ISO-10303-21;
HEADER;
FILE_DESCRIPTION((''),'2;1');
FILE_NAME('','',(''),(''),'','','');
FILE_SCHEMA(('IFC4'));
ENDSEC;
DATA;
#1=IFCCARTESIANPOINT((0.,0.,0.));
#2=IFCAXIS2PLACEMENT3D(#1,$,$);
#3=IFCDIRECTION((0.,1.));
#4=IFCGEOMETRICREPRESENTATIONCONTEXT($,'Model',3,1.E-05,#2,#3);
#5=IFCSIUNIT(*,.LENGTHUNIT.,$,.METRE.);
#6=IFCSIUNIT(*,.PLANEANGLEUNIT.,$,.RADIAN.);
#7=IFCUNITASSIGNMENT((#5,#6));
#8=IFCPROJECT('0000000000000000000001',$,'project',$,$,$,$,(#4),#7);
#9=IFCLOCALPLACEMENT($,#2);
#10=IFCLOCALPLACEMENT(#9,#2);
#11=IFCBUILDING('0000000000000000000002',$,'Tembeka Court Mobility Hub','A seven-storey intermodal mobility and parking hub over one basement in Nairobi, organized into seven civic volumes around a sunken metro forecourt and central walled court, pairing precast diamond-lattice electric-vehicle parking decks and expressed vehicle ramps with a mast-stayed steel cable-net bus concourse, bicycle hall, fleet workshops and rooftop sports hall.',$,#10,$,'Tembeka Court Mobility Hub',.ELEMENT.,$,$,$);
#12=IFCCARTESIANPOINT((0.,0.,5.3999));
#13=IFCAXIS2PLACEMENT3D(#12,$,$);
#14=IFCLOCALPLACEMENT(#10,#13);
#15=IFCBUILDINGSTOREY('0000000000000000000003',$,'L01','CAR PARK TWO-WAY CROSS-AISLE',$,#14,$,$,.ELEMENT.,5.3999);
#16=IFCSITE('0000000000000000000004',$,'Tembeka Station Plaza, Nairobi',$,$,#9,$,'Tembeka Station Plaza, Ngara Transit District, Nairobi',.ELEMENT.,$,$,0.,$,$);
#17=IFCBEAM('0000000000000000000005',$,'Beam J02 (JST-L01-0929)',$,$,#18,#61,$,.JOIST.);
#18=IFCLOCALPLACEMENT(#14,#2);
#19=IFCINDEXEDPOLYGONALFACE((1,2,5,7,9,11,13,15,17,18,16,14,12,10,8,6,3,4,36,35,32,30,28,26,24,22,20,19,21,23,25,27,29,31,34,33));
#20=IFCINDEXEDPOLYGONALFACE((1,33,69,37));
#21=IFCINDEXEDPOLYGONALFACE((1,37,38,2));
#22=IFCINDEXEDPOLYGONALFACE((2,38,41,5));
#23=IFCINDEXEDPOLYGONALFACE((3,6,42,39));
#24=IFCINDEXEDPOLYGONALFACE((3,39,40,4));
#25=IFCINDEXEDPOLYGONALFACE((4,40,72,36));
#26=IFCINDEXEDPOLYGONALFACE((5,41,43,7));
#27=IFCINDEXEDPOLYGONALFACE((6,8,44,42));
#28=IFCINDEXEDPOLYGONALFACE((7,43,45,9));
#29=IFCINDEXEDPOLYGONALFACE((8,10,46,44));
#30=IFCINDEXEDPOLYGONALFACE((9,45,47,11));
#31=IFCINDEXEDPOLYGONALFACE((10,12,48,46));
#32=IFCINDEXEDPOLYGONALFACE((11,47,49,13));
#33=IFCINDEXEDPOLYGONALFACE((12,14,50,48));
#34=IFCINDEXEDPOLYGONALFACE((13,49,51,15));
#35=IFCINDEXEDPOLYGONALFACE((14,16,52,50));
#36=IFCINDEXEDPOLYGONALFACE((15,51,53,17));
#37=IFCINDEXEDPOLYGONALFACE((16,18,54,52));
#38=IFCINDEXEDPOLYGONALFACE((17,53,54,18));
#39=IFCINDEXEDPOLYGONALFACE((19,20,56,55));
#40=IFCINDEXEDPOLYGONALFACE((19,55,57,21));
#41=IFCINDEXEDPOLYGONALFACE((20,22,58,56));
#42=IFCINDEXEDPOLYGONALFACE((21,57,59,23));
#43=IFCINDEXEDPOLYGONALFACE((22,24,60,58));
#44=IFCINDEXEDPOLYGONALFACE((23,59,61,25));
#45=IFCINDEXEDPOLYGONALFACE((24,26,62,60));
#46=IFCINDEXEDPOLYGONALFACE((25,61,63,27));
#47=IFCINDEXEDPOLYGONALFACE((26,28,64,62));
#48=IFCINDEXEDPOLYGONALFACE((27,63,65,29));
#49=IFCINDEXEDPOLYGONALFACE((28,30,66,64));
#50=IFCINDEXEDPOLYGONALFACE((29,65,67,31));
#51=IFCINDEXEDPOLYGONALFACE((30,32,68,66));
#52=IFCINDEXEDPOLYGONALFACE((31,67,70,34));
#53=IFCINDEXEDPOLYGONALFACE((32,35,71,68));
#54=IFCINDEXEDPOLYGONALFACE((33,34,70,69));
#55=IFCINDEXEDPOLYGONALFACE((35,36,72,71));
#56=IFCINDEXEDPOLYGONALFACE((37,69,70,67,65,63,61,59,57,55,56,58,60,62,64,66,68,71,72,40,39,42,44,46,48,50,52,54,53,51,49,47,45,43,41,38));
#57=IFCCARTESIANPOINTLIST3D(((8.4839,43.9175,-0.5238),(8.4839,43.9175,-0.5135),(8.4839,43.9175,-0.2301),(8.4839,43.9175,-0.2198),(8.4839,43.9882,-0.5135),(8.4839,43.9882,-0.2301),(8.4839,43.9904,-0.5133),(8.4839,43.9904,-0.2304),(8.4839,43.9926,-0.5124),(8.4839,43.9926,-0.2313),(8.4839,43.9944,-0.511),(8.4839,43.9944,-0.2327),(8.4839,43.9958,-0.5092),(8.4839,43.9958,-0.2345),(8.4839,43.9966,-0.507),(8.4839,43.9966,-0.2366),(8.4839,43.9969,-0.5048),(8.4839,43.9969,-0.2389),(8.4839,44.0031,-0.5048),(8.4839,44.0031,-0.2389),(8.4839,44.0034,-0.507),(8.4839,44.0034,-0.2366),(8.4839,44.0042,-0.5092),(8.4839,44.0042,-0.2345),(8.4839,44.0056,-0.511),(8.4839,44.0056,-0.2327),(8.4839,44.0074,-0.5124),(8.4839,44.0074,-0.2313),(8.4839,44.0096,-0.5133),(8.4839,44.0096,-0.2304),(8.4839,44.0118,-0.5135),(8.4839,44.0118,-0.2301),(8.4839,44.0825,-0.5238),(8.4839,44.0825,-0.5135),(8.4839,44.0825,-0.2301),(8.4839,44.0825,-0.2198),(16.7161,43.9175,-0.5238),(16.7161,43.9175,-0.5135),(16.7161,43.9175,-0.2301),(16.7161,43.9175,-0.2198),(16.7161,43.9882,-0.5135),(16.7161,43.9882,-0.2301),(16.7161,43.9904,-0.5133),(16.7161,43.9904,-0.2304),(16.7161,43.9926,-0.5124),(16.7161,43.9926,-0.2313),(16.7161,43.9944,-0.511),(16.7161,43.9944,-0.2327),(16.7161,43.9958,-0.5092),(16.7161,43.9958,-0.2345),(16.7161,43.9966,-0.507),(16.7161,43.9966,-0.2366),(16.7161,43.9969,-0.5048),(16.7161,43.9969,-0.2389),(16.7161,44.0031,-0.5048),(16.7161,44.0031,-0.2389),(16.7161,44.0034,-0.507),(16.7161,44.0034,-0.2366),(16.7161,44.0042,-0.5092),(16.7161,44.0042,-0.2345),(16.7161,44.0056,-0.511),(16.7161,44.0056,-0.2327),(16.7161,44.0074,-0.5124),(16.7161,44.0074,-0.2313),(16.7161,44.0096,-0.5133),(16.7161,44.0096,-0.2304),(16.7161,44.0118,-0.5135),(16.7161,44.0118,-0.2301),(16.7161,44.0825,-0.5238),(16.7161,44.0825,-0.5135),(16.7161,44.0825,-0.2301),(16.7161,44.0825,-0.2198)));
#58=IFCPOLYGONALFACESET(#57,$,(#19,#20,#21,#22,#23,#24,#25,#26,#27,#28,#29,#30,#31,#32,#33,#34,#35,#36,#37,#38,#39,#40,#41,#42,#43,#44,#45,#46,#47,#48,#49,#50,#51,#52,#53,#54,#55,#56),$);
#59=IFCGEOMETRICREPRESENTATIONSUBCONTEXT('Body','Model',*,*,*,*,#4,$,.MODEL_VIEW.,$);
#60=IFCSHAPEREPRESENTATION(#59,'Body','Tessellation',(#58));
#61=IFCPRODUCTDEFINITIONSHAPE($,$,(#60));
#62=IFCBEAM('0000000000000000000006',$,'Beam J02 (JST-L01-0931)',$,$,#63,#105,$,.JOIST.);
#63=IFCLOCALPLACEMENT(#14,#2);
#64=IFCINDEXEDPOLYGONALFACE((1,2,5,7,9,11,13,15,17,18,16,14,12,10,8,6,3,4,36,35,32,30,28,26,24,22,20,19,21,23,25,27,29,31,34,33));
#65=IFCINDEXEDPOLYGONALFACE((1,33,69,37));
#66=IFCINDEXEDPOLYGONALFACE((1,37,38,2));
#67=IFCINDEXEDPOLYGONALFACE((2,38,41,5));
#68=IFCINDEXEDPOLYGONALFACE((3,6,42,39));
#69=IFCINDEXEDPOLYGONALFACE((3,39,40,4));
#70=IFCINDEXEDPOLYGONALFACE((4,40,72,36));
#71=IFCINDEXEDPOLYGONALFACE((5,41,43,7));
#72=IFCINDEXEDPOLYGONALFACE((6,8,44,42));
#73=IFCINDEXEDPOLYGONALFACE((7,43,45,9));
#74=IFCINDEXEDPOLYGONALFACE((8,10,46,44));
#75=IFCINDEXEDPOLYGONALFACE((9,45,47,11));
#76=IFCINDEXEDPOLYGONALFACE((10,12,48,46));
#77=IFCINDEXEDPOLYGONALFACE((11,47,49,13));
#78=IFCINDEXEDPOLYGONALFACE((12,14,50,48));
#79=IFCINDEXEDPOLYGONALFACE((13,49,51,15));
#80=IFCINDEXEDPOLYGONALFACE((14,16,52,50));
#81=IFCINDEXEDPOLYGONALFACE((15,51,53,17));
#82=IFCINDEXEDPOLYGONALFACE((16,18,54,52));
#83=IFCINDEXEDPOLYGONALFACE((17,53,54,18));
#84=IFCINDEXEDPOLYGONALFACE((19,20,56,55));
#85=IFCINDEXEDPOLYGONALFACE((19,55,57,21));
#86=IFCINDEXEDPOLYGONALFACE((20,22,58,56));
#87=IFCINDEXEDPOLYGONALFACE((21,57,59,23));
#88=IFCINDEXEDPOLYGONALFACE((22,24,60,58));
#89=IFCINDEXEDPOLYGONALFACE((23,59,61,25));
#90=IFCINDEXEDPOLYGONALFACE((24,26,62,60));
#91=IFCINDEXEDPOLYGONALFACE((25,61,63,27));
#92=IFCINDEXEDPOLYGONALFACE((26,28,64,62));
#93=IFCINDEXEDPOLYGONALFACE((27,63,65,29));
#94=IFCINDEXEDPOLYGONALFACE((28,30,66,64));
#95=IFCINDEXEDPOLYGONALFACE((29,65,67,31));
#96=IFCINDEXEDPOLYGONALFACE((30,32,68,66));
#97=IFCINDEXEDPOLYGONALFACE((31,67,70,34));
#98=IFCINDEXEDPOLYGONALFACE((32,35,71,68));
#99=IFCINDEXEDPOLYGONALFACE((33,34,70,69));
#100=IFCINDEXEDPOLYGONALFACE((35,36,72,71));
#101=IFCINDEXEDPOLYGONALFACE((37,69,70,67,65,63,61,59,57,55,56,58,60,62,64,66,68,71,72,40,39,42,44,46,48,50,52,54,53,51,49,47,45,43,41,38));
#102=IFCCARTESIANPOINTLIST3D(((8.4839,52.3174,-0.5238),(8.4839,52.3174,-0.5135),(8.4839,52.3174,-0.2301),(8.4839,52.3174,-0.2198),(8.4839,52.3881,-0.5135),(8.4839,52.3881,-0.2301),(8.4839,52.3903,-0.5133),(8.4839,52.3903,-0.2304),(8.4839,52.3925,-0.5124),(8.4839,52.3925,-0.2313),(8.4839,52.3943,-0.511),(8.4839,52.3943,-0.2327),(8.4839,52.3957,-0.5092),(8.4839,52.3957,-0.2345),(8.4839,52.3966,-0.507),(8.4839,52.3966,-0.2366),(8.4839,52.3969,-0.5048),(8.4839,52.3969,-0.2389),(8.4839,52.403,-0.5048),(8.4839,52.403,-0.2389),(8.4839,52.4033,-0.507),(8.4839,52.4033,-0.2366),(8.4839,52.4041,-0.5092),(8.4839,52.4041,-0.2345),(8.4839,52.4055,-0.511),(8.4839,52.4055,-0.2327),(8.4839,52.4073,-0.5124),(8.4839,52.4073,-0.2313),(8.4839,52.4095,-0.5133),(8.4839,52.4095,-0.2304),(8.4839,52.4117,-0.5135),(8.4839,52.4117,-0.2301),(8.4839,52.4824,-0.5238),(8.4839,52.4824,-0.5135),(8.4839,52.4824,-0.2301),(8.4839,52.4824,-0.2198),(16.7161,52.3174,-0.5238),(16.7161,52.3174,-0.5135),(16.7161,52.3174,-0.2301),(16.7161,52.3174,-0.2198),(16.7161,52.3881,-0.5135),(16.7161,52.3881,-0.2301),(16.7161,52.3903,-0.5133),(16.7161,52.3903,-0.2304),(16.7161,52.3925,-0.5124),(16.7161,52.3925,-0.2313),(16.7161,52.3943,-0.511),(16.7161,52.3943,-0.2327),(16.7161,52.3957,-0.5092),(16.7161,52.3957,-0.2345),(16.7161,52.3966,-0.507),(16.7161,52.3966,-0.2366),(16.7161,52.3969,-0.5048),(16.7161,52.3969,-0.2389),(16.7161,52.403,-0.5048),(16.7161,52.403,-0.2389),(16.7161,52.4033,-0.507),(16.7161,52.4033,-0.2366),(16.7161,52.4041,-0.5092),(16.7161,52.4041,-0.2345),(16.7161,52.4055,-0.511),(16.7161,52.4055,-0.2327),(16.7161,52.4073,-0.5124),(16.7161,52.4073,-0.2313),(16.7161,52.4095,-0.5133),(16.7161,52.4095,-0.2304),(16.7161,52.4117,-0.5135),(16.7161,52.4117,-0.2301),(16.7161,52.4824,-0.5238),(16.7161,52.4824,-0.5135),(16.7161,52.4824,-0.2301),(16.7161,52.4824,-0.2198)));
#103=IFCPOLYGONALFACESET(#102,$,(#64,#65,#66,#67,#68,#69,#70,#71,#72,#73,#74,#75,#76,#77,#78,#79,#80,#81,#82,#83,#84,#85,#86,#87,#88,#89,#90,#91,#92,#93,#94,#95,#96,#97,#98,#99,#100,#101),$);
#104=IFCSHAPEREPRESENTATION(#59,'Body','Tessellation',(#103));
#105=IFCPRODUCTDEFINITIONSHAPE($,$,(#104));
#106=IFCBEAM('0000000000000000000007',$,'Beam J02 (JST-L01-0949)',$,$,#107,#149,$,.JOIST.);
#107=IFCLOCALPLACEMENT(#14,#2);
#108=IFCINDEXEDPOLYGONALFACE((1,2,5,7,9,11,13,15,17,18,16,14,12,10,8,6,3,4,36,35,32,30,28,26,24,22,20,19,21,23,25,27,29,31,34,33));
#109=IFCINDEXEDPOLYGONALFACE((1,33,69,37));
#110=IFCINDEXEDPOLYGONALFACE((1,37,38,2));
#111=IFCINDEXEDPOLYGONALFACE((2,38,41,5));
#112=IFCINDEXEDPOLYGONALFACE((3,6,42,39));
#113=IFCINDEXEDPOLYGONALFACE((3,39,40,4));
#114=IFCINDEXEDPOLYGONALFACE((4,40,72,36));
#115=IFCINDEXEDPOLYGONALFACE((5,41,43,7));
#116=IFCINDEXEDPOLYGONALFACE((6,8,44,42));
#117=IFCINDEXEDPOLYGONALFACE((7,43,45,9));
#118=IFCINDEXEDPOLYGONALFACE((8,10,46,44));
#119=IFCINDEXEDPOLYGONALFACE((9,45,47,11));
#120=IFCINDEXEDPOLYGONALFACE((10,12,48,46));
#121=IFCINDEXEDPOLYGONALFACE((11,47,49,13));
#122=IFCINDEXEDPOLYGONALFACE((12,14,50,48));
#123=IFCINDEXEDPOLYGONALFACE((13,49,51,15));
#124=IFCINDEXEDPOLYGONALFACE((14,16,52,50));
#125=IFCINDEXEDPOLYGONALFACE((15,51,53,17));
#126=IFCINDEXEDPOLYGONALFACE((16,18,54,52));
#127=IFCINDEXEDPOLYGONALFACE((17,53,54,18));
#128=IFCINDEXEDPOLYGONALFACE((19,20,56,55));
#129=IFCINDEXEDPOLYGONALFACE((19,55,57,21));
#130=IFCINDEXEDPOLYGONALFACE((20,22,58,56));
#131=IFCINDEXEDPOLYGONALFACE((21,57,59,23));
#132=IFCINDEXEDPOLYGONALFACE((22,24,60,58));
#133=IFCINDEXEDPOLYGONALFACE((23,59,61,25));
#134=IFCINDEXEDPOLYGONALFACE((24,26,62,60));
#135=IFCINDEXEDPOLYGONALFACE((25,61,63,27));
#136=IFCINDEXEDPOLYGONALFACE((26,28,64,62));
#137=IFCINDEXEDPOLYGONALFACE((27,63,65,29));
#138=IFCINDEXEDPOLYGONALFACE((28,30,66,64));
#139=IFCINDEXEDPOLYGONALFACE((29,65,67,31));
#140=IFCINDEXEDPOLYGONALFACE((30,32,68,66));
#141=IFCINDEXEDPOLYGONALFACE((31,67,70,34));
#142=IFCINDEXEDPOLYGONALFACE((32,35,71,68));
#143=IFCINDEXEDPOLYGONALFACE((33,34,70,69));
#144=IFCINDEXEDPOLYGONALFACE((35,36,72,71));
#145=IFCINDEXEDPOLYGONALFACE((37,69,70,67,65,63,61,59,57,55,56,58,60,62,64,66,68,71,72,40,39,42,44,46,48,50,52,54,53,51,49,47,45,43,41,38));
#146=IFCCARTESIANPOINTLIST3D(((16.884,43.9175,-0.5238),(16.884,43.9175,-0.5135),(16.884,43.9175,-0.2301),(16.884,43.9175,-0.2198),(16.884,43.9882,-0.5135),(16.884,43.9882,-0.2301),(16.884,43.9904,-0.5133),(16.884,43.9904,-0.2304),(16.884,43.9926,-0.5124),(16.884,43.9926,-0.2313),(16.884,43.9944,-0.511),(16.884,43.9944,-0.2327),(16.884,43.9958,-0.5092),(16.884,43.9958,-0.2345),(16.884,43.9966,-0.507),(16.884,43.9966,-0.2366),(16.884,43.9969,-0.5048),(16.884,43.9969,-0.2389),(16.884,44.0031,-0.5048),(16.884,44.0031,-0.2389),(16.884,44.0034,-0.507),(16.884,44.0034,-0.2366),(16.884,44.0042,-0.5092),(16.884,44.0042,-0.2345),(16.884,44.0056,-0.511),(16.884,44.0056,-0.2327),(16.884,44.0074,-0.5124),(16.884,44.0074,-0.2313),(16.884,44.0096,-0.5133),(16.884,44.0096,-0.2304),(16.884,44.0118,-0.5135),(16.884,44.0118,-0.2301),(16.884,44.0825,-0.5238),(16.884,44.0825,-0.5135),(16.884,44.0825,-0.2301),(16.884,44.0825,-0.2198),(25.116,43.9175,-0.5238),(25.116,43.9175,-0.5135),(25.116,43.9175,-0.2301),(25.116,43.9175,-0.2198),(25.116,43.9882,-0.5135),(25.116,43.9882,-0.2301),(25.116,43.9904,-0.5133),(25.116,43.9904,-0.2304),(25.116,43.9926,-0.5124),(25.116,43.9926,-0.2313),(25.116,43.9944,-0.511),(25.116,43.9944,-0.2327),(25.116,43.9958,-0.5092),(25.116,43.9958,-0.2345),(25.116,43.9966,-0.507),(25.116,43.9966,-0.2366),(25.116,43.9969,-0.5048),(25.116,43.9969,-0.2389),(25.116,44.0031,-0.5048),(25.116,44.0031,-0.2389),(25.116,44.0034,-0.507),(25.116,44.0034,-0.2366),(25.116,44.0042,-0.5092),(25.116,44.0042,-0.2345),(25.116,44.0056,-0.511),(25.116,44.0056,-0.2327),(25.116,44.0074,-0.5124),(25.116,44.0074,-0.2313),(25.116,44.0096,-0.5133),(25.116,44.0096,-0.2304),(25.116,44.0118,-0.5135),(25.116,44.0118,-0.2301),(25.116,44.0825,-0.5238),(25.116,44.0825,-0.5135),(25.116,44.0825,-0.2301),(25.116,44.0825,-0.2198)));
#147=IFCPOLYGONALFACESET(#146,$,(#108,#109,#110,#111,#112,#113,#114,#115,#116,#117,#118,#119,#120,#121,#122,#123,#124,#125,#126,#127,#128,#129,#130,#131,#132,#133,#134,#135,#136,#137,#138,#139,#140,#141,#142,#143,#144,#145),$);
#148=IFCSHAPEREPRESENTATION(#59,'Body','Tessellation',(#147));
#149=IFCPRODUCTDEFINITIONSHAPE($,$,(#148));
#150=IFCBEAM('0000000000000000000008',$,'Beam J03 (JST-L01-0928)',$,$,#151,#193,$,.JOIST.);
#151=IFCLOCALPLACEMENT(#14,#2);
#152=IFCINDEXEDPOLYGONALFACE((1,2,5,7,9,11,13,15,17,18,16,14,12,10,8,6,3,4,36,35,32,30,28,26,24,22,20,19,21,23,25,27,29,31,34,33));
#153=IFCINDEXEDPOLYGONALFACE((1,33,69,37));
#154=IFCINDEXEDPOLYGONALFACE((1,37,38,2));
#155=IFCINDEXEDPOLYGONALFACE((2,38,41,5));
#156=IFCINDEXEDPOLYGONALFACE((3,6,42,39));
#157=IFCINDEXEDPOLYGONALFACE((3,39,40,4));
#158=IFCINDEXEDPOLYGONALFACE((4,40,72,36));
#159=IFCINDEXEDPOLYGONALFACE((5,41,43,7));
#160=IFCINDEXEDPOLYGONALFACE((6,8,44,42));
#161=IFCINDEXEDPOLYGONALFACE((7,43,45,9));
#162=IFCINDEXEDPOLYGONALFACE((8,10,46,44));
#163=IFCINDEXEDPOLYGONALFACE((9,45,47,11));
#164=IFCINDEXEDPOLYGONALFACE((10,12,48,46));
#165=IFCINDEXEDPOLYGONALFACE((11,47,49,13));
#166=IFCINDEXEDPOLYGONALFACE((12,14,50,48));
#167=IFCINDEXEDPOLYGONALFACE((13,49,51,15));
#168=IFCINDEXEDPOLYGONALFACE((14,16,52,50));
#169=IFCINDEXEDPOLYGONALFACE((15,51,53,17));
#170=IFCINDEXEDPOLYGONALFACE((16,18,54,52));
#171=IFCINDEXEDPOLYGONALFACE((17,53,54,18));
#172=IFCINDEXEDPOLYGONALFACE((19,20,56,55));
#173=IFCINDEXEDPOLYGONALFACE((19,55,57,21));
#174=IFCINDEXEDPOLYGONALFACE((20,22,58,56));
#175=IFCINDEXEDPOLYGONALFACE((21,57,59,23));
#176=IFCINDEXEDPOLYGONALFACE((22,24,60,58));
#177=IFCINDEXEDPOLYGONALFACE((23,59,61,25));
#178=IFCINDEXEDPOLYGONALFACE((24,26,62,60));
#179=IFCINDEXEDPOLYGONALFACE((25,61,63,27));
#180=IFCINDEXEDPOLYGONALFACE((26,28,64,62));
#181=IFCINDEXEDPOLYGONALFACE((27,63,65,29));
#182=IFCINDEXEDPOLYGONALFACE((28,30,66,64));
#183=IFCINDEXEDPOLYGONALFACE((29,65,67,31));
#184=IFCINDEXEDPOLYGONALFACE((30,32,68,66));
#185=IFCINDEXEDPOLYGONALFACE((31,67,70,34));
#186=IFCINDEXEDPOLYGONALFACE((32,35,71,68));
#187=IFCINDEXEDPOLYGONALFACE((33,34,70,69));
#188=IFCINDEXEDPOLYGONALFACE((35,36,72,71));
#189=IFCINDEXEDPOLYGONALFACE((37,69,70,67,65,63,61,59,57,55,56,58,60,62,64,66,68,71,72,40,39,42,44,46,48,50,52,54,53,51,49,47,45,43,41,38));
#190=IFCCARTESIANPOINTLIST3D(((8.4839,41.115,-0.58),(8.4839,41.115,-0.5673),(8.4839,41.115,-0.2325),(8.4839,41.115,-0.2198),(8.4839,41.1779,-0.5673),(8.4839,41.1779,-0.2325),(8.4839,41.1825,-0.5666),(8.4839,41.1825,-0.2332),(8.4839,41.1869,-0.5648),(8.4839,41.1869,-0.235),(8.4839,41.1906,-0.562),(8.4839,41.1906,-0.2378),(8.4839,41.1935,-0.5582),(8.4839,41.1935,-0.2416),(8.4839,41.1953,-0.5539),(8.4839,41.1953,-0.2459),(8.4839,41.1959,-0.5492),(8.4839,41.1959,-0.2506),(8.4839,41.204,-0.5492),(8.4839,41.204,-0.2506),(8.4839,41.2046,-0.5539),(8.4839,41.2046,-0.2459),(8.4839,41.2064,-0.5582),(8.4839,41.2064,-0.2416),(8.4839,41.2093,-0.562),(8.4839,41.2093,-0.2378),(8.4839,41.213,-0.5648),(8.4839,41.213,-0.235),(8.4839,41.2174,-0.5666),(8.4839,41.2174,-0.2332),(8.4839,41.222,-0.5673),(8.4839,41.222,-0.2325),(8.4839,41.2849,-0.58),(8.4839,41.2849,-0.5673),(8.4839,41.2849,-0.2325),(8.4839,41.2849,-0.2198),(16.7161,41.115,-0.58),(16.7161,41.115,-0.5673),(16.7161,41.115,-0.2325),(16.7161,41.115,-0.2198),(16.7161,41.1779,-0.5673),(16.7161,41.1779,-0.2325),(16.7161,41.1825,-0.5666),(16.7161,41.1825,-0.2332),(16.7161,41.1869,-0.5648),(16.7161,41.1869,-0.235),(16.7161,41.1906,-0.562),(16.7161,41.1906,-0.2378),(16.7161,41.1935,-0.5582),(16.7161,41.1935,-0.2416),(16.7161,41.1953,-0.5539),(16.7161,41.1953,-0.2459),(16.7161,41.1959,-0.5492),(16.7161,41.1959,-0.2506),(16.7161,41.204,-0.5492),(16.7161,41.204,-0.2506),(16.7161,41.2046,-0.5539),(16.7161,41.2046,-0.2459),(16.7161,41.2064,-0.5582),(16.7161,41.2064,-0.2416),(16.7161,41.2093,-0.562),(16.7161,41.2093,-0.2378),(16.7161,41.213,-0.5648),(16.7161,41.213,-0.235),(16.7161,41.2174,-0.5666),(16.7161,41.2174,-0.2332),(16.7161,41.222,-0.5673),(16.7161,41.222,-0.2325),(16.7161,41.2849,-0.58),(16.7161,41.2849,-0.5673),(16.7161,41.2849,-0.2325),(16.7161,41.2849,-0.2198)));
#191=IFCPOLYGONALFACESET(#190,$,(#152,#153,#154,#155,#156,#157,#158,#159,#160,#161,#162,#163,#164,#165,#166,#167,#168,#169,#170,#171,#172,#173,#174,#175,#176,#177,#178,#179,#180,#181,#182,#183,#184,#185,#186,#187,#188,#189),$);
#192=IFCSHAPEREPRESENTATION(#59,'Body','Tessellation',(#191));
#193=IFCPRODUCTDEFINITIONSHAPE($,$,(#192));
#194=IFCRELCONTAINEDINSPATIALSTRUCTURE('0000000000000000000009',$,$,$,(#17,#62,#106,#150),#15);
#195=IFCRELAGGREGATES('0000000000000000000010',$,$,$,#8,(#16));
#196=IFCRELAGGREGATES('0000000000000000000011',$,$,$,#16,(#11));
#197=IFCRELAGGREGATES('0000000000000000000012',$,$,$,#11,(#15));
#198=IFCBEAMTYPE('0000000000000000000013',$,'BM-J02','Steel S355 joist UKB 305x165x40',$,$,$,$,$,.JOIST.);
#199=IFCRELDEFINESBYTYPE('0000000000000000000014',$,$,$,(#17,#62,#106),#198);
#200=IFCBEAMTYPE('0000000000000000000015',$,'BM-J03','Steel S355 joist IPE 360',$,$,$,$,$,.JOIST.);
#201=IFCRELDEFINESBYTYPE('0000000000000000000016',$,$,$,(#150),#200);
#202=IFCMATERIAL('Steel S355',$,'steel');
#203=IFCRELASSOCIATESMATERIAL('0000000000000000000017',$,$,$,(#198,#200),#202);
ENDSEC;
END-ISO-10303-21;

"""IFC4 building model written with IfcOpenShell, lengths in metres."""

from ifc_helpers import new_model, si_unit, direction, frame, origin, origin_2d, place, context, subcontext, project, spatial, i_section, extrude, material, material_profile, profile_set, type_object, element, save


model = new_model("IFC4")

# Units and contexts
model_context = context("Model", 3, precision=1e-05, world=origin(), true_north=direction((0.0, 1.0)))
body_context = subcontext(model_context, "Body", "Model", "MODEL_VIEW")
ifc_project = project(units=[si_unit("LENGTHUNIT", "METRE"), si_unit("PLANEANGLEUNIT", "RADIAN")], contexts=[model_context])

# Site, building, storey
site_placement = place(None, origin())
site = spatial("IfcSite", under=ifc_project, at=site_placement, Name="Tembeka Station Plaza, Nairobi", LongName="Tembeka Station Plaza, Ngara Transit District, Nairobi", CompositionType="ELEMENT", RefElevation=0.0)
building_placement = place(site_placement, origin())
building = spatial("IfcBuilding", under=site, at=building_placement, Name="Tembeka Court Mobility Hub", Description="A seven-storey intermodal mobility and parking hub over one basement in Nairobi, organized into seven civic volumes around a sunken metro forecourt and central walled court, pairing precast diamond-lattice electric-vehicle parking decks and expressed vehicle ramps with a mast-stayed steel cable-net bus concourse, bicycle hall, fleet workshops and rooftop sports hall.", LongName="Tembeka Court Mobility Hub", CompositionType="ELEMENT")
storey_placement = place(building_placement, frame((0.0, 0.0, 5.3999)))
storey = spatial("IfcBuildingStorey", under=building, at=storey_placement, Name="L01", Description="CAR PARK TWO-WAY CROSS-AISLE", CompositionType="ELEMENT", Elevation=5.3999)

# Shared definitions
ifc_material_1 = material(Name="Steel S355", Category="steel")

# Beams
ifc_material_profile_1 = material_profile(ifc_material_1, i_section(OverallWidth=0.165, OverallDepth=0.304, WebThickness=0.0061, FlangeThickness=0.0103, FilletRadius=0.0088, at=origin_2d()), Name="UKB 305x165x40")
ifc_profile_set_1 = profile_set([ifc_material_profile_1], Name="Steel S355")
beam_type_1 = type_object("IfcBeamType", Name="BM-J02", Description="Steel S355 joist UKB 305x165x40", PredefinedType="JOIST", material=ifc_profile_set_1)
for number, where, z_axis, x_axis, name in (
    (1, (8.4839, 44.0, -0.3718), (1.0, 0.0, 0.0), (0.0, 1.0, 0.0), "Beam J02 (JST-L01-0929)"),
    (2, (8.4839, 52.3999, -0.3718), (1.0, 0.0, 0.0), (0.0, 1.0, 0.0), "Beam J02 (JST-L01-0931)"),
):
    element("IfcBeam", number, at=place(storey_placement, frame(where, z_axis=z_axis, x_axis=x_axis)), inside=storey, type_object=beam_type_1, Name=name, PredefinedType="JOIST", context=body_context, shape_type="SweptSolid", body=[
        extrude(i_section(OverallWidth=0.165, OverallDepth=0.304, WebThickness=0.0061, FlangeThickness=0.0103, FilletRadius=0.0088, at=origin_2d()), origin(), (0.0, 0.0, 1.0), 8.2322),
    ])
beam_1_placement = place(storey_placement, frame((16.884, 44.0, -0.3718), z_axis=(1.0, 0.0, 0.0), x_axis=(0.0, 1.0, 0.0)))
element("IfcBeam", 3, at=beam_1_placement, inside=storey, type_object=beam_type_1, Name="Beam J02 (JST-L01-0949)", PredefinedType="JOIST", context=body_context, shape_type="SweptSolid", body=[
    extrude(i_section(OverallWidth=0.165, OverallDepth=0.304, WebThickness=0.0061, FlangeThickness=0.0103, FilletRadius=0.0088, at=origin_2d()), origin(), (0.0, 0.0, 1.0), 8.2319),
])
ifc_material_profile_2 = material_profile(ifc_material_1, i_section(OverallWidth=0.1699, OverallDepth=0.3601, WebThickness=0.0081, FlangeThickness=0.0127, FilletRadius=0.0181, at=origin_2d()), Name="IPE 360")
ifc_profile_set_2 = profile_set([ifc_material_profile_2], Name="Steel S355")
beam_type_2 = type_object("IfcBeamType", Name="BM-J03", Description="Steel S355 joist IPE 360", PredefinedType="JOIST", material=ifc_profile_set_2)
for number, where, z_axis, x_axis, name in (
    (4, (8.4839, 41.2, -0.3999), (1.0, 0.0, 0.0), (0.0, 1.0, 0.0), "Beam J03 (JST-L01-0928)"),
):
    element("IfcBeam", number, at=place(storey_placement, frame(where, z_axis=z_axis, x_axis=x_axis)), inside=storey, type_object=beam_type_2, Name=name, PredefinedType="JOIST", context=body_context, shape_type="SweptSolid", body=[
        extrude(i_section(OverallWidth=0.1699, OverallDepth=0.3601, WebThickness=0.0081, FlangeThickness=0.0127, FilletRadius=0.0181, at=origin_2d()), origin(), (0.0, 0.0, 1.0), 8.2322),
    ])

save(model, "model.ifc")
